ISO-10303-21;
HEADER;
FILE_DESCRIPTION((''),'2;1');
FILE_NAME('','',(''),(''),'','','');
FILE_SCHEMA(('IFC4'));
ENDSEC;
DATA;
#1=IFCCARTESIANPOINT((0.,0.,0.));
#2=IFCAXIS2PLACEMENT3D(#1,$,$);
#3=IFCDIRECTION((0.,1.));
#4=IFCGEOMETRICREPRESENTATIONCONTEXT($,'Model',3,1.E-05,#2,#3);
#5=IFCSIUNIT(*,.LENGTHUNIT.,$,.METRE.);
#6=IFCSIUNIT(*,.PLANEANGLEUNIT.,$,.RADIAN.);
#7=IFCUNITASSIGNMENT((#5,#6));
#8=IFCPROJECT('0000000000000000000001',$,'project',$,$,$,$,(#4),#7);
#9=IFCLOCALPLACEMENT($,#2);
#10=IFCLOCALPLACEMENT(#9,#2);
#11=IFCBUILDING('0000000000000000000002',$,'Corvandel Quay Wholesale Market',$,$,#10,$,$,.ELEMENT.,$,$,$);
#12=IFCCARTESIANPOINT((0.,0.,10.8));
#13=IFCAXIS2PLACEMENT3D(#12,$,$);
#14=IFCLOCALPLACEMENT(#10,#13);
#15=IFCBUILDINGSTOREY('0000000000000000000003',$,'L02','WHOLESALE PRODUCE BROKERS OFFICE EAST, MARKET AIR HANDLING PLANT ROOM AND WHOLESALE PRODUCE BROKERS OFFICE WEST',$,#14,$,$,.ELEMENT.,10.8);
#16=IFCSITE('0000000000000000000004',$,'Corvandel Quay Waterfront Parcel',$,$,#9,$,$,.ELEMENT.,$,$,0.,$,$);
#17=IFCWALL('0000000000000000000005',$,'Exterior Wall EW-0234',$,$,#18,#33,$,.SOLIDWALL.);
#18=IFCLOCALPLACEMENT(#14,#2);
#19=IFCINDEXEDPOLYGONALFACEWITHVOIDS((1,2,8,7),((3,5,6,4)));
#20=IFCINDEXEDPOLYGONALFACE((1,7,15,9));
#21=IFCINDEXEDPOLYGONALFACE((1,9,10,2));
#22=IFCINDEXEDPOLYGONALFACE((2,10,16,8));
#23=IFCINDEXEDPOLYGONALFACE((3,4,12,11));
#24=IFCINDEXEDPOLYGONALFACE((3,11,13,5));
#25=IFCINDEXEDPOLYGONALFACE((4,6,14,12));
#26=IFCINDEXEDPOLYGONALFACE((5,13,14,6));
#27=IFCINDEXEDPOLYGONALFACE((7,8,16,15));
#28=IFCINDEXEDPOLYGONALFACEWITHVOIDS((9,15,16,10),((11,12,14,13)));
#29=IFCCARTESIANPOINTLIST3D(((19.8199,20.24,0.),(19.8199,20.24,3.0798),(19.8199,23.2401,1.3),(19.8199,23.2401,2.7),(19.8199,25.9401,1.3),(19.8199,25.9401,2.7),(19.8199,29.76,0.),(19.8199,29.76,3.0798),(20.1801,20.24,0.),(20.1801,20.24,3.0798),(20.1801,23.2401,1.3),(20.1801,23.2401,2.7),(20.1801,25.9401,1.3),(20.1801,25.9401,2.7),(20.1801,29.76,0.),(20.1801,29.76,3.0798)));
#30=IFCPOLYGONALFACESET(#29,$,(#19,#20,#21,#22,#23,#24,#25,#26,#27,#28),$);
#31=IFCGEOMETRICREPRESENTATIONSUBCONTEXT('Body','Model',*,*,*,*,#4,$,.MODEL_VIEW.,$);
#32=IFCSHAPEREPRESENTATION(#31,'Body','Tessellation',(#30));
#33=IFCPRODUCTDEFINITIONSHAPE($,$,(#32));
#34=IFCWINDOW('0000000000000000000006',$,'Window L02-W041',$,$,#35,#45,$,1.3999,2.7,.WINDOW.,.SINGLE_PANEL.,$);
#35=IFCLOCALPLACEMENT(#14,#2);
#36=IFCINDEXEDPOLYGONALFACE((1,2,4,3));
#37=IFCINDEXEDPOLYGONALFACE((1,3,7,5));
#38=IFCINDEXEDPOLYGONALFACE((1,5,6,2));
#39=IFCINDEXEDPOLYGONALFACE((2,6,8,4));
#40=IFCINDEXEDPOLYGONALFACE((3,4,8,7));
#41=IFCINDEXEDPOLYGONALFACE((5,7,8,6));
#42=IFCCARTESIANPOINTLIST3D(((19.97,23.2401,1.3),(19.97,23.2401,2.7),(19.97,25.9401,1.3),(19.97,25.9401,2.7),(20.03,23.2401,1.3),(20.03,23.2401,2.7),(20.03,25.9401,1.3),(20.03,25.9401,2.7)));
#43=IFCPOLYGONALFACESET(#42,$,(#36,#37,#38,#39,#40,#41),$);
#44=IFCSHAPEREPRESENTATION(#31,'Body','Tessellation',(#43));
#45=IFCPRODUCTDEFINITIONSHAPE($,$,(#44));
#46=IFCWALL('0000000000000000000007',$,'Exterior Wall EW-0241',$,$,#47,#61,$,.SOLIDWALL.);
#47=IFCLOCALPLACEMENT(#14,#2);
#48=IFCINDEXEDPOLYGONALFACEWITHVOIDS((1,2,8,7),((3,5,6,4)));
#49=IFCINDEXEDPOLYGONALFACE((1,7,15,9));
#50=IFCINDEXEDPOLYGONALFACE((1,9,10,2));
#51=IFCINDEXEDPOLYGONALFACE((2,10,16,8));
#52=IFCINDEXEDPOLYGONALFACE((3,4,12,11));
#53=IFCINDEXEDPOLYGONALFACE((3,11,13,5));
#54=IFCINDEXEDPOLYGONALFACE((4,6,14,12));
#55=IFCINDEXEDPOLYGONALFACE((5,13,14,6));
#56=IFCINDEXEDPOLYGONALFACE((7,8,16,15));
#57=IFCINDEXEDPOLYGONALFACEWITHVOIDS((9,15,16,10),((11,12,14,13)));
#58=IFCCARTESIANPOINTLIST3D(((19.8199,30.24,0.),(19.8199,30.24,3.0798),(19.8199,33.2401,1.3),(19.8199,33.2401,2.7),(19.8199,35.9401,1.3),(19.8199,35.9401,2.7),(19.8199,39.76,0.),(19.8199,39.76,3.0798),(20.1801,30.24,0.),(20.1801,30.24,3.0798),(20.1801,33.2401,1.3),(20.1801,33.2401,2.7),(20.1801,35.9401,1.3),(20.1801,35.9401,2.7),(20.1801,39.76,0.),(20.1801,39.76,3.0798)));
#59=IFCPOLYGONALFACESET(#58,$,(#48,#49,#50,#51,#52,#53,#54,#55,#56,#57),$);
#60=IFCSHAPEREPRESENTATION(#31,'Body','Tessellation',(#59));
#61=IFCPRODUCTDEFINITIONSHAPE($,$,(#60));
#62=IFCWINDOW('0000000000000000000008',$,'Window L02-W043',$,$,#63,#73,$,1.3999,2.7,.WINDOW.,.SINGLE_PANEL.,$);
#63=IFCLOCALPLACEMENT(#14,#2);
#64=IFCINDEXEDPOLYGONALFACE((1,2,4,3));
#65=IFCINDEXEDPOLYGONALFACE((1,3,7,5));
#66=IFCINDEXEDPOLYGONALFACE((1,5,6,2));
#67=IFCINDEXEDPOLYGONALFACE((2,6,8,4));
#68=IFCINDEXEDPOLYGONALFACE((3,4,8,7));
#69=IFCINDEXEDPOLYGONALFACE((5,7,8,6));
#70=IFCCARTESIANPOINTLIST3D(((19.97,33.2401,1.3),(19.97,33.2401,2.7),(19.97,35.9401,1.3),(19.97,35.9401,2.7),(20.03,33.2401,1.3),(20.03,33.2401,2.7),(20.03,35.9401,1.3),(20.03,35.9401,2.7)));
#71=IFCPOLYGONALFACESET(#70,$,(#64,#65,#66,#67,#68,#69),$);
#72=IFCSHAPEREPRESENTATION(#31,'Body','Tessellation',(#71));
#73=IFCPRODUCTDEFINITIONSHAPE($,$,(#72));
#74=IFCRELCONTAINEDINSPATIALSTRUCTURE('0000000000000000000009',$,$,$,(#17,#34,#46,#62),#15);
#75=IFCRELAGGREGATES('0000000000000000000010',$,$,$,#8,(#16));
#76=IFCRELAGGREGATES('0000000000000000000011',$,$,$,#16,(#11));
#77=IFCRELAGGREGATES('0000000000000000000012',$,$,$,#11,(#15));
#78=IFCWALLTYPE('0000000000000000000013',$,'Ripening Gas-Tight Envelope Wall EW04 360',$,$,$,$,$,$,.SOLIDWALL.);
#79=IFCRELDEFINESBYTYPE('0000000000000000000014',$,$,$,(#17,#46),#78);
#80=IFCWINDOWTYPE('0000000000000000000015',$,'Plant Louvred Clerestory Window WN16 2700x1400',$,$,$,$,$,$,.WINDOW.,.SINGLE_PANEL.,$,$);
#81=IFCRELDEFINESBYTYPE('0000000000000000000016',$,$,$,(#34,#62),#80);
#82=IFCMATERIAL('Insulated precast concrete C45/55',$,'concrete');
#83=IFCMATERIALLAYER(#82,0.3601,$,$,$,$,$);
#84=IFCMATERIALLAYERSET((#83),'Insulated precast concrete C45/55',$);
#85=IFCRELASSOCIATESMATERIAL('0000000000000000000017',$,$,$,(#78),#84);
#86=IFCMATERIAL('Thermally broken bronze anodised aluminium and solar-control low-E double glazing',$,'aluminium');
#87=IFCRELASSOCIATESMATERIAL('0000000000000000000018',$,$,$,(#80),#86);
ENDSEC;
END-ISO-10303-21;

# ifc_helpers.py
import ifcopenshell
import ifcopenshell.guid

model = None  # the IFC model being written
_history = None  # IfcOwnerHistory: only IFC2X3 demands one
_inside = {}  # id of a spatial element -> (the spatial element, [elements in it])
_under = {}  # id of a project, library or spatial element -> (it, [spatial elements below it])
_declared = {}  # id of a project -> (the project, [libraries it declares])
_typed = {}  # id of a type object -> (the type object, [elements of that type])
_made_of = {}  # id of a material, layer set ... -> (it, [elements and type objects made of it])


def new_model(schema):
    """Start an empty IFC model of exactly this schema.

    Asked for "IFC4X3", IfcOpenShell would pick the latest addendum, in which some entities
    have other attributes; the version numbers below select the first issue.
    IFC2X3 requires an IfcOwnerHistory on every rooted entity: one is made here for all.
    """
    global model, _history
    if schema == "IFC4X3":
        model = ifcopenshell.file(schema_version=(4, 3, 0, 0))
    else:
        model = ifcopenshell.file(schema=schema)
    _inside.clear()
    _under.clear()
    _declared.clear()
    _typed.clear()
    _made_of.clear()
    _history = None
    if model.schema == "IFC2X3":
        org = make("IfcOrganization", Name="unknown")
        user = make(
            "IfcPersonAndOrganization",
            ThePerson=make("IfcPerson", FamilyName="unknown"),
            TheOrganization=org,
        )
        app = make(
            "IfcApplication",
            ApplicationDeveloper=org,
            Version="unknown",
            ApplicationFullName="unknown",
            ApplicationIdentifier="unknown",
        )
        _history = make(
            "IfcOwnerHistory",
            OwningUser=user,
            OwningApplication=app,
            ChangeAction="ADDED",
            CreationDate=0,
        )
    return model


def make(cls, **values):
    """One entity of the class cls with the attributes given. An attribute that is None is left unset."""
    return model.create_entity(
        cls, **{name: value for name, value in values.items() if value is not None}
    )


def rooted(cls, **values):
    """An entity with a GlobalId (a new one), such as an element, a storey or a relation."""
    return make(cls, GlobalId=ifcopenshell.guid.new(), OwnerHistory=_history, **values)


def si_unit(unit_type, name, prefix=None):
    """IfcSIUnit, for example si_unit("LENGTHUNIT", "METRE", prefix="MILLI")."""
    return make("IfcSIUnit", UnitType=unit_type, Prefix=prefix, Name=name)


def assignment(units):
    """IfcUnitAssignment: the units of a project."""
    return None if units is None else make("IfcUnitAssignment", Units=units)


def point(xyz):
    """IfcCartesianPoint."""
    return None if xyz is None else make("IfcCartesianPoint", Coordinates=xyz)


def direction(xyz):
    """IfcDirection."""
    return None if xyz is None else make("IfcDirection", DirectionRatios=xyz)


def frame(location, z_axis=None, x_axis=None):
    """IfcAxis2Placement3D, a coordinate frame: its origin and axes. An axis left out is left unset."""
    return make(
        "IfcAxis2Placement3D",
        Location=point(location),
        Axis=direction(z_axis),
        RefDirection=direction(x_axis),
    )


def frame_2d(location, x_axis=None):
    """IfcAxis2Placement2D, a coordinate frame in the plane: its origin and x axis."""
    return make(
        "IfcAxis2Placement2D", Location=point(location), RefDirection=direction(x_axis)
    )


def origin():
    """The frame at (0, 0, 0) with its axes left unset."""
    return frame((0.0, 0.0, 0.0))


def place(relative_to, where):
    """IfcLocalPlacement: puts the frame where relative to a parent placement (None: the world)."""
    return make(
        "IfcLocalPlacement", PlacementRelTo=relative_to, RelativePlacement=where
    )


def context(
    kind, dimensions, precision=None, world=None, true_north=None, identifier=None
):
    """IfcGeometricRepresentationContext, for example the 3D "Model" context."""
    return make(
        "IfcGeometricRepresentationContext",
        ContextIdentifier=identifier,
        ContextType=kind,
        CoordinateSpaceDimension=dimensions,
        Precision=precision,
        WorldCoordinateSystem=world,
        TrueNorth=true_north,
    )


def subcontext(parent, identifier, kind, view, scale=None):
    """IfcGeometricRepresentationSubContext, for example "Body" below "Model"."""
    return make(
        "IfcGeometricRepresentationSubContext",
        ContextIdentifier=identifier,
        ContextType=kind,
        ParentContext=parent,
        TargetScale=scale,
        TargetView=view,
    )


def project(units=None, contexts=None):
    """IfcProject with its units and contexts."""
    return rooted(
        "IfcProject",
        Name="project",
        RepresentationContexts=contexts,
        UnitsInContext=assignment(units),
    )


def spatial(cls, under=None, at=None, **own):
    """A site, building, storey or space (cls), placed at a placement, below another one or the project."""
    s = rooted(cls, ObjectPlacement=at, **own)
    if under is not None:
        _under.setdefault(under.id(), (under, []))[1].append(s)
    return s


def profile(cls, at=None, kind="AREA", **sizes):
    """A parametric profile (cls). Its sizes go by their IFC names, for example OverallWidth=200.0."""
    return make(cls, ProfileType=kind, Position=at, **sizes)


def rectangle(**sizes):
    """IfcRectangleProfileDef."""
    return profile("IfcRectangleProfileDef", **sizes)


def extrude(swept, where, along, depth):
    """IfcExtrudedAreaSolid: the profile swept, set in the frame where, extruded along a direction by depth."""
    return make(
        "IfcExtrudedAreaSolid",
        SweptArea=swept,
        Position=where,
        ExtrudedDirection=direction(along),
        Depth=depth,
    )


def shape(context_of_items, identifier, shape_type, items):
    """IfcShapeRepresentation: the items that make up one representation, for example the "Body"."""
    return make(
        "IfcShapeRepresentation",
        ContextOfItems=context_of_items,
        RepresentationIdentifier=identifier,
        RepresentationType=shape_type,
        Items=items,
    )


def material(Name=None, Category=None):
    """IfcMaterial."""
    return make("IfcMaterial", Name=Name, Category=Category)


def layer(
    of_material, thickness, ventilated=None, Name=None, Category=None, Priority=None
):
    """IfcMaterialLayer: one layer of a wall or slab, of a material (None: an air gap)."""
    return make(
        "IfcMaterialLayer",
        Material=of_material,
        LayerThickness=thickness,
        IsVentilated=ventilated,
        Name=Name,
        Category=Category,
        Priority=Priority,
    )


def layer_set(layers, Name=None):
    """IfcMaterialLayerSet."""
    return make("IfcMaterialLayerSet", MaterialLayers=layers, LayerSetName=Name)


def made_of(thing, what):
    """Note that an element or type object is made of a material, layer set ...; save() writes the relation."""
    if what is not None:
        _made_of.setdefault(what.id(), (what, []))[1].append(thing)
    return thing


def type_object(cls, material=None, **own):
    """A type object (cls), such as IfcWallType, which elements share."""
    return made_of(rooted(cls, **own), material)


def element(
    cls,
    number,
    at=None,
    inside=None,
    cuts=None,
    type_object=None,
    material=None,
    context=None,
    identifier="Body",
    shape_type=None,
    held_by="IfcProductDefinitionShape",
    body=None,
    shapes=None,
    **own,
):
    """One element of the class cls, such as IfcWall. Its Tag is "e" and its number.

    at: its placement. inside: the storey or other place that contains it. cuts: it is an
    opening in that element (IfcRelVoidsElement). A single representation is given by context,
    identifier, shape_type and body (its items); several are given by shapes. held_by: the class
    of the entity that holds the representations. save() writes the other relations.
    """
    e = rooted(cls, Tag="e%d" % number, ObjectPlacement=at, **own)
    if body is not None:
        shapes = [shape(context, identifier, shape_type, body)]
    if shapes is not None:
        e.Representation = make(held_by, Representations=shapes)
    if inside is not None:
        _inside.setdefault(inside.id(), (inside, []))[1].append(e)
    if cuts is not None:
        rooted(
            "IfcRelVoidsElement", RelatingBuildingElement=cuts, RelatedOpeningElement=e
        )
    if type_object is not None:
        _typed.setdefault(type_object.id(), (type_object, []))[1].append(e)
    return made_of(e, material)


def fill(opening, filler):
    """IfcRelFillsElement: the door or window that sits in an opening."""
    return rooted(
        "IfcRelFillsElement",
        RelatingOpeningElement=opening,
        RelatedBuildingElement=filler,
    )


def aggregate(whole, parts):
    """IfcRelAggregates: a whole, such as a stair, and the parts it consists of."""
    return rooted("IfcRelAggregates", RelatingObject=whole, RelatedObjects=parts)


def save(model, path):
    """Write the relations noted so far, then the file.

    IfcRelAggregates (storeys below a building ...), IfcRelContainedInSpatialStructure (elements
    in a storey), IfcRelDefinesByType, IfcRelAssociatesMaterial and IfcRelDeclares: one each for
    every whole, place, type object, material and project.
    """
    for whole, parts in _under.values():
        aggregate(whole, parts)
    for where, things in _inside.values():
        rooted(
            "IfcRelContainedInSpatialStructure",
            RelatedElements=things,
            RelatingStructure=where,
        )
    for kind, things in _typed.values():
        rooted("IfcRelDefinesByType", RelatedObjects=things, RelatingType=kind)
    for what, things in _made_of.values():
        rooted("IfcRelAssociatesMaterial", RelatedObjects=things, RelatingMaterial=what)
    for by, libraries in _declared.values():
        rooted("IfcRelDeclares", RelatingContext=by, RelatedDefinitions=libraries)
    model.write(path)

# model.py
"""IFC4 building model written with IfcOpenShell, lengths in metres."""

from ifc_helpers import new_model, si_unit, direction, frame, frame_2d, origin, place, context, subcontext, project, spatial, rectangle, extrude, material, layer, layer_set, type_object, element, fill, save


model = new_model("IFC4")

# Units and contexts
model_context = context("Model", 3, precision=1e-05, world=origin(), true_north=direction((0.0, 1.0)))
body_context = subcontext(model_context, "Body", "Model", "MODEL_VIEW")
ifc_project = project(units=[si_unit("LENGTHUNIT", "METRE"), si_unit("PLANEANGLEUNIT", "RADIAN")], contexts=[model_context])

# Site, building, storey
site_placement = place(None, origin())
site = spatial("IfcSite", under=ifc_project, at=site_placement, Name="Corvandel Quay Waterfront Parcel", CompositionType="ELEMENT", RefElevation=0.0)
building_placement = place(site_placement, origin())
building = spatial("IfcBuilding", under=site, at=building_placement, Name="Corvandel Quay Wholesale Market", CompositionType="ELEMENT")
storey_placement = place(building_placement, frame((0.0, 0.0, 10.8)))
storey = spatial("IfcBuildingStorey", under=building, at=storey_placement, Name="L02", Description="WHOLESALE PRODUCE BROKERS OFFICE EAST, MARKET AIR HANDLING PLANT ROOM AND WHOLESALE PRODUCE BROKERS OFFICE WEST", CompositionType="ELEMENT", Elevation=10.8)

# Walls, openings, windows
ifc_material_1 = material(Name="Insulated precast concrete C45/55", Category="concrete")
ifc_layer_1 = layer(ifc_material_1, 0.3601)
ifc_layer_set_1 = layer_set([ifc_layer_1], Name="Insulated precast concrete C45/55")
wall_type_1 = type_object("IfcWallType", Name="Ripening Gas-Tight Envelope Wall EW04 360", PredefinedType="SOLIDWALL", material=ifc_layer_set_1)
wall_1_placement = place(storey_placement, frame((20.0, 20.24, 0.0), z_axis=(0.0, 0.0, 1.0), x_axis=(0.0, 1.0, 0.0)))
wall_1 = element("IfcWall", 1, at=wall_1_placement, inside=storey, type_object=wall_type_1, Name="Exterior Wall EW-0234", PredefinedType="SOLIDWALL", context=body_context, shape_type="SweptSolid", body=[
    extrude(rectangle(XDim=9.52, YDim=0.3601, at=frame_2d((4.76, 0.0))), origin(), (0.0, 0.0, 1.0), 3.0798),
])
opening_1_placement = place(wall_1_placement, frame((3.0, 0.0, 1.3)))
opening_1 = element("IfcOpeningElement", 2, at=opening_1_placement, cuts=wall_1, PredefinedType="OPENING", context=body_context, shape_type="SweptSolid", body=[
    extrude(rectangle(XDim=2.7, YDim=1.3999, at=frame_2d((1.3501, 0.7))), frame((0.0, 0.1899, 0.0), z_axis=(0.0, -1.0, 0.0), x_axis=(1.0, 0.0, 0.0)), (0.0, 0.0, 1.0), 0.3801),
])
ifc_material_2 = material(Name="Thermally broken bronze anodised aluminium and solar-control low-E double glazing", Category="aluminium")
window_type = type_object("IfcWindowType", Name="Plant Louvred Clerestory Window WN16 2700x1400", PartitioningType="SINGLE_PANEL", PredefinedType="WINDOW", material=ifc_material_2)
window_1_placement = place(opening_1_placement, origin())
window_1 = element("IfcWindow", 3, at=window_1_placement, inside=storey, type_object=window_type, Name="Window L02-W041", OverallHeight=1.3999, OverallWidth=2.7, PartitioningType="SINGLE_PANEL", PredefinedType="WINDOW", context=body_context, shape_type="SweptSolid", body=[
    extrude(rectangle(XDim=2.7, YDim=1.3999, at=frame_2d((1.3501, 0.7))), frame((0.0, 0.03, 0.0), z_axis=(0.0, -1.0, 0.0), x_axis=(1.0, 0.0, 0.0)), (0.0, 0.0, 1.0), 0.0601),
])
fill(opening_1, window_1)
wall_2_placement = place(storey_placement, frame((20.0, 30.24, 0.0), z_axis=(0.0, 0.0, 1.0), x_axis=(0.0, 1.0, 0.0)))
wall_2 = element("IfcWall", 4, at=wall_2_placement, inside=storey, type_object=wall_type_1, Name="Exterior Wall EW-0241", PredefinedType="SOLIDWALL", context=body_context, shape_type="SweptSolid", body=[
    extrude(rectangle(XDim=9.52, YDim=0.3601, at=frame_2d((4.76, 0.0))), origin(), (0.0, 0.0, 1.0), 3.0798),
])
opening_2_placement = place(wall_2_placement, frame((3.0, 0.0, 1.3)))
opening_2 = element("IfcOpeningElement", 5, at=opening_2_placement, cuts=wall_2, PredefinedType="OPENING", context=body_context, shape_type="SweptSolid", body=[
    extrude(rectangle(XDim=2.7, YDim=1.3999, at=frame_2d((1.3501, 0.7))), frame((0.0, 0.1899, 0.0), z_axis=(0.0, -1.0, 0.0), x_axis=(1.0, 0.0, 0.0)), (0.0, 0.0, 1.0), 0.3801),
])
window_2_placement = place(opening_2_placement, origin())
window_2 = element("IfcWindow", 6, at=window_2_placement, inside=storey, type_object=window_type, Name="Window L02-W043", OverallHeight=1.3999, OverallWidth=2.7, PartitioningType="SINGLE_PANEL", PredefinedType="WINDOW", context=body_context, shape_type="SweptSolid", body=[
    extrude(rectangle(XDim=2.7, YDim=1.3999, at=frame_2d((1.3501, 0.7))), frame((0.0, 0.03, 0.0), z_axis=(0.0, -1.0, 0.0), x_axis=(1.0, 0.0, 0.0)), (0.0, 0.0, 1.0), 0.0601),
])
fill(opening_2, window_2)

save(model, "model.ifc")
